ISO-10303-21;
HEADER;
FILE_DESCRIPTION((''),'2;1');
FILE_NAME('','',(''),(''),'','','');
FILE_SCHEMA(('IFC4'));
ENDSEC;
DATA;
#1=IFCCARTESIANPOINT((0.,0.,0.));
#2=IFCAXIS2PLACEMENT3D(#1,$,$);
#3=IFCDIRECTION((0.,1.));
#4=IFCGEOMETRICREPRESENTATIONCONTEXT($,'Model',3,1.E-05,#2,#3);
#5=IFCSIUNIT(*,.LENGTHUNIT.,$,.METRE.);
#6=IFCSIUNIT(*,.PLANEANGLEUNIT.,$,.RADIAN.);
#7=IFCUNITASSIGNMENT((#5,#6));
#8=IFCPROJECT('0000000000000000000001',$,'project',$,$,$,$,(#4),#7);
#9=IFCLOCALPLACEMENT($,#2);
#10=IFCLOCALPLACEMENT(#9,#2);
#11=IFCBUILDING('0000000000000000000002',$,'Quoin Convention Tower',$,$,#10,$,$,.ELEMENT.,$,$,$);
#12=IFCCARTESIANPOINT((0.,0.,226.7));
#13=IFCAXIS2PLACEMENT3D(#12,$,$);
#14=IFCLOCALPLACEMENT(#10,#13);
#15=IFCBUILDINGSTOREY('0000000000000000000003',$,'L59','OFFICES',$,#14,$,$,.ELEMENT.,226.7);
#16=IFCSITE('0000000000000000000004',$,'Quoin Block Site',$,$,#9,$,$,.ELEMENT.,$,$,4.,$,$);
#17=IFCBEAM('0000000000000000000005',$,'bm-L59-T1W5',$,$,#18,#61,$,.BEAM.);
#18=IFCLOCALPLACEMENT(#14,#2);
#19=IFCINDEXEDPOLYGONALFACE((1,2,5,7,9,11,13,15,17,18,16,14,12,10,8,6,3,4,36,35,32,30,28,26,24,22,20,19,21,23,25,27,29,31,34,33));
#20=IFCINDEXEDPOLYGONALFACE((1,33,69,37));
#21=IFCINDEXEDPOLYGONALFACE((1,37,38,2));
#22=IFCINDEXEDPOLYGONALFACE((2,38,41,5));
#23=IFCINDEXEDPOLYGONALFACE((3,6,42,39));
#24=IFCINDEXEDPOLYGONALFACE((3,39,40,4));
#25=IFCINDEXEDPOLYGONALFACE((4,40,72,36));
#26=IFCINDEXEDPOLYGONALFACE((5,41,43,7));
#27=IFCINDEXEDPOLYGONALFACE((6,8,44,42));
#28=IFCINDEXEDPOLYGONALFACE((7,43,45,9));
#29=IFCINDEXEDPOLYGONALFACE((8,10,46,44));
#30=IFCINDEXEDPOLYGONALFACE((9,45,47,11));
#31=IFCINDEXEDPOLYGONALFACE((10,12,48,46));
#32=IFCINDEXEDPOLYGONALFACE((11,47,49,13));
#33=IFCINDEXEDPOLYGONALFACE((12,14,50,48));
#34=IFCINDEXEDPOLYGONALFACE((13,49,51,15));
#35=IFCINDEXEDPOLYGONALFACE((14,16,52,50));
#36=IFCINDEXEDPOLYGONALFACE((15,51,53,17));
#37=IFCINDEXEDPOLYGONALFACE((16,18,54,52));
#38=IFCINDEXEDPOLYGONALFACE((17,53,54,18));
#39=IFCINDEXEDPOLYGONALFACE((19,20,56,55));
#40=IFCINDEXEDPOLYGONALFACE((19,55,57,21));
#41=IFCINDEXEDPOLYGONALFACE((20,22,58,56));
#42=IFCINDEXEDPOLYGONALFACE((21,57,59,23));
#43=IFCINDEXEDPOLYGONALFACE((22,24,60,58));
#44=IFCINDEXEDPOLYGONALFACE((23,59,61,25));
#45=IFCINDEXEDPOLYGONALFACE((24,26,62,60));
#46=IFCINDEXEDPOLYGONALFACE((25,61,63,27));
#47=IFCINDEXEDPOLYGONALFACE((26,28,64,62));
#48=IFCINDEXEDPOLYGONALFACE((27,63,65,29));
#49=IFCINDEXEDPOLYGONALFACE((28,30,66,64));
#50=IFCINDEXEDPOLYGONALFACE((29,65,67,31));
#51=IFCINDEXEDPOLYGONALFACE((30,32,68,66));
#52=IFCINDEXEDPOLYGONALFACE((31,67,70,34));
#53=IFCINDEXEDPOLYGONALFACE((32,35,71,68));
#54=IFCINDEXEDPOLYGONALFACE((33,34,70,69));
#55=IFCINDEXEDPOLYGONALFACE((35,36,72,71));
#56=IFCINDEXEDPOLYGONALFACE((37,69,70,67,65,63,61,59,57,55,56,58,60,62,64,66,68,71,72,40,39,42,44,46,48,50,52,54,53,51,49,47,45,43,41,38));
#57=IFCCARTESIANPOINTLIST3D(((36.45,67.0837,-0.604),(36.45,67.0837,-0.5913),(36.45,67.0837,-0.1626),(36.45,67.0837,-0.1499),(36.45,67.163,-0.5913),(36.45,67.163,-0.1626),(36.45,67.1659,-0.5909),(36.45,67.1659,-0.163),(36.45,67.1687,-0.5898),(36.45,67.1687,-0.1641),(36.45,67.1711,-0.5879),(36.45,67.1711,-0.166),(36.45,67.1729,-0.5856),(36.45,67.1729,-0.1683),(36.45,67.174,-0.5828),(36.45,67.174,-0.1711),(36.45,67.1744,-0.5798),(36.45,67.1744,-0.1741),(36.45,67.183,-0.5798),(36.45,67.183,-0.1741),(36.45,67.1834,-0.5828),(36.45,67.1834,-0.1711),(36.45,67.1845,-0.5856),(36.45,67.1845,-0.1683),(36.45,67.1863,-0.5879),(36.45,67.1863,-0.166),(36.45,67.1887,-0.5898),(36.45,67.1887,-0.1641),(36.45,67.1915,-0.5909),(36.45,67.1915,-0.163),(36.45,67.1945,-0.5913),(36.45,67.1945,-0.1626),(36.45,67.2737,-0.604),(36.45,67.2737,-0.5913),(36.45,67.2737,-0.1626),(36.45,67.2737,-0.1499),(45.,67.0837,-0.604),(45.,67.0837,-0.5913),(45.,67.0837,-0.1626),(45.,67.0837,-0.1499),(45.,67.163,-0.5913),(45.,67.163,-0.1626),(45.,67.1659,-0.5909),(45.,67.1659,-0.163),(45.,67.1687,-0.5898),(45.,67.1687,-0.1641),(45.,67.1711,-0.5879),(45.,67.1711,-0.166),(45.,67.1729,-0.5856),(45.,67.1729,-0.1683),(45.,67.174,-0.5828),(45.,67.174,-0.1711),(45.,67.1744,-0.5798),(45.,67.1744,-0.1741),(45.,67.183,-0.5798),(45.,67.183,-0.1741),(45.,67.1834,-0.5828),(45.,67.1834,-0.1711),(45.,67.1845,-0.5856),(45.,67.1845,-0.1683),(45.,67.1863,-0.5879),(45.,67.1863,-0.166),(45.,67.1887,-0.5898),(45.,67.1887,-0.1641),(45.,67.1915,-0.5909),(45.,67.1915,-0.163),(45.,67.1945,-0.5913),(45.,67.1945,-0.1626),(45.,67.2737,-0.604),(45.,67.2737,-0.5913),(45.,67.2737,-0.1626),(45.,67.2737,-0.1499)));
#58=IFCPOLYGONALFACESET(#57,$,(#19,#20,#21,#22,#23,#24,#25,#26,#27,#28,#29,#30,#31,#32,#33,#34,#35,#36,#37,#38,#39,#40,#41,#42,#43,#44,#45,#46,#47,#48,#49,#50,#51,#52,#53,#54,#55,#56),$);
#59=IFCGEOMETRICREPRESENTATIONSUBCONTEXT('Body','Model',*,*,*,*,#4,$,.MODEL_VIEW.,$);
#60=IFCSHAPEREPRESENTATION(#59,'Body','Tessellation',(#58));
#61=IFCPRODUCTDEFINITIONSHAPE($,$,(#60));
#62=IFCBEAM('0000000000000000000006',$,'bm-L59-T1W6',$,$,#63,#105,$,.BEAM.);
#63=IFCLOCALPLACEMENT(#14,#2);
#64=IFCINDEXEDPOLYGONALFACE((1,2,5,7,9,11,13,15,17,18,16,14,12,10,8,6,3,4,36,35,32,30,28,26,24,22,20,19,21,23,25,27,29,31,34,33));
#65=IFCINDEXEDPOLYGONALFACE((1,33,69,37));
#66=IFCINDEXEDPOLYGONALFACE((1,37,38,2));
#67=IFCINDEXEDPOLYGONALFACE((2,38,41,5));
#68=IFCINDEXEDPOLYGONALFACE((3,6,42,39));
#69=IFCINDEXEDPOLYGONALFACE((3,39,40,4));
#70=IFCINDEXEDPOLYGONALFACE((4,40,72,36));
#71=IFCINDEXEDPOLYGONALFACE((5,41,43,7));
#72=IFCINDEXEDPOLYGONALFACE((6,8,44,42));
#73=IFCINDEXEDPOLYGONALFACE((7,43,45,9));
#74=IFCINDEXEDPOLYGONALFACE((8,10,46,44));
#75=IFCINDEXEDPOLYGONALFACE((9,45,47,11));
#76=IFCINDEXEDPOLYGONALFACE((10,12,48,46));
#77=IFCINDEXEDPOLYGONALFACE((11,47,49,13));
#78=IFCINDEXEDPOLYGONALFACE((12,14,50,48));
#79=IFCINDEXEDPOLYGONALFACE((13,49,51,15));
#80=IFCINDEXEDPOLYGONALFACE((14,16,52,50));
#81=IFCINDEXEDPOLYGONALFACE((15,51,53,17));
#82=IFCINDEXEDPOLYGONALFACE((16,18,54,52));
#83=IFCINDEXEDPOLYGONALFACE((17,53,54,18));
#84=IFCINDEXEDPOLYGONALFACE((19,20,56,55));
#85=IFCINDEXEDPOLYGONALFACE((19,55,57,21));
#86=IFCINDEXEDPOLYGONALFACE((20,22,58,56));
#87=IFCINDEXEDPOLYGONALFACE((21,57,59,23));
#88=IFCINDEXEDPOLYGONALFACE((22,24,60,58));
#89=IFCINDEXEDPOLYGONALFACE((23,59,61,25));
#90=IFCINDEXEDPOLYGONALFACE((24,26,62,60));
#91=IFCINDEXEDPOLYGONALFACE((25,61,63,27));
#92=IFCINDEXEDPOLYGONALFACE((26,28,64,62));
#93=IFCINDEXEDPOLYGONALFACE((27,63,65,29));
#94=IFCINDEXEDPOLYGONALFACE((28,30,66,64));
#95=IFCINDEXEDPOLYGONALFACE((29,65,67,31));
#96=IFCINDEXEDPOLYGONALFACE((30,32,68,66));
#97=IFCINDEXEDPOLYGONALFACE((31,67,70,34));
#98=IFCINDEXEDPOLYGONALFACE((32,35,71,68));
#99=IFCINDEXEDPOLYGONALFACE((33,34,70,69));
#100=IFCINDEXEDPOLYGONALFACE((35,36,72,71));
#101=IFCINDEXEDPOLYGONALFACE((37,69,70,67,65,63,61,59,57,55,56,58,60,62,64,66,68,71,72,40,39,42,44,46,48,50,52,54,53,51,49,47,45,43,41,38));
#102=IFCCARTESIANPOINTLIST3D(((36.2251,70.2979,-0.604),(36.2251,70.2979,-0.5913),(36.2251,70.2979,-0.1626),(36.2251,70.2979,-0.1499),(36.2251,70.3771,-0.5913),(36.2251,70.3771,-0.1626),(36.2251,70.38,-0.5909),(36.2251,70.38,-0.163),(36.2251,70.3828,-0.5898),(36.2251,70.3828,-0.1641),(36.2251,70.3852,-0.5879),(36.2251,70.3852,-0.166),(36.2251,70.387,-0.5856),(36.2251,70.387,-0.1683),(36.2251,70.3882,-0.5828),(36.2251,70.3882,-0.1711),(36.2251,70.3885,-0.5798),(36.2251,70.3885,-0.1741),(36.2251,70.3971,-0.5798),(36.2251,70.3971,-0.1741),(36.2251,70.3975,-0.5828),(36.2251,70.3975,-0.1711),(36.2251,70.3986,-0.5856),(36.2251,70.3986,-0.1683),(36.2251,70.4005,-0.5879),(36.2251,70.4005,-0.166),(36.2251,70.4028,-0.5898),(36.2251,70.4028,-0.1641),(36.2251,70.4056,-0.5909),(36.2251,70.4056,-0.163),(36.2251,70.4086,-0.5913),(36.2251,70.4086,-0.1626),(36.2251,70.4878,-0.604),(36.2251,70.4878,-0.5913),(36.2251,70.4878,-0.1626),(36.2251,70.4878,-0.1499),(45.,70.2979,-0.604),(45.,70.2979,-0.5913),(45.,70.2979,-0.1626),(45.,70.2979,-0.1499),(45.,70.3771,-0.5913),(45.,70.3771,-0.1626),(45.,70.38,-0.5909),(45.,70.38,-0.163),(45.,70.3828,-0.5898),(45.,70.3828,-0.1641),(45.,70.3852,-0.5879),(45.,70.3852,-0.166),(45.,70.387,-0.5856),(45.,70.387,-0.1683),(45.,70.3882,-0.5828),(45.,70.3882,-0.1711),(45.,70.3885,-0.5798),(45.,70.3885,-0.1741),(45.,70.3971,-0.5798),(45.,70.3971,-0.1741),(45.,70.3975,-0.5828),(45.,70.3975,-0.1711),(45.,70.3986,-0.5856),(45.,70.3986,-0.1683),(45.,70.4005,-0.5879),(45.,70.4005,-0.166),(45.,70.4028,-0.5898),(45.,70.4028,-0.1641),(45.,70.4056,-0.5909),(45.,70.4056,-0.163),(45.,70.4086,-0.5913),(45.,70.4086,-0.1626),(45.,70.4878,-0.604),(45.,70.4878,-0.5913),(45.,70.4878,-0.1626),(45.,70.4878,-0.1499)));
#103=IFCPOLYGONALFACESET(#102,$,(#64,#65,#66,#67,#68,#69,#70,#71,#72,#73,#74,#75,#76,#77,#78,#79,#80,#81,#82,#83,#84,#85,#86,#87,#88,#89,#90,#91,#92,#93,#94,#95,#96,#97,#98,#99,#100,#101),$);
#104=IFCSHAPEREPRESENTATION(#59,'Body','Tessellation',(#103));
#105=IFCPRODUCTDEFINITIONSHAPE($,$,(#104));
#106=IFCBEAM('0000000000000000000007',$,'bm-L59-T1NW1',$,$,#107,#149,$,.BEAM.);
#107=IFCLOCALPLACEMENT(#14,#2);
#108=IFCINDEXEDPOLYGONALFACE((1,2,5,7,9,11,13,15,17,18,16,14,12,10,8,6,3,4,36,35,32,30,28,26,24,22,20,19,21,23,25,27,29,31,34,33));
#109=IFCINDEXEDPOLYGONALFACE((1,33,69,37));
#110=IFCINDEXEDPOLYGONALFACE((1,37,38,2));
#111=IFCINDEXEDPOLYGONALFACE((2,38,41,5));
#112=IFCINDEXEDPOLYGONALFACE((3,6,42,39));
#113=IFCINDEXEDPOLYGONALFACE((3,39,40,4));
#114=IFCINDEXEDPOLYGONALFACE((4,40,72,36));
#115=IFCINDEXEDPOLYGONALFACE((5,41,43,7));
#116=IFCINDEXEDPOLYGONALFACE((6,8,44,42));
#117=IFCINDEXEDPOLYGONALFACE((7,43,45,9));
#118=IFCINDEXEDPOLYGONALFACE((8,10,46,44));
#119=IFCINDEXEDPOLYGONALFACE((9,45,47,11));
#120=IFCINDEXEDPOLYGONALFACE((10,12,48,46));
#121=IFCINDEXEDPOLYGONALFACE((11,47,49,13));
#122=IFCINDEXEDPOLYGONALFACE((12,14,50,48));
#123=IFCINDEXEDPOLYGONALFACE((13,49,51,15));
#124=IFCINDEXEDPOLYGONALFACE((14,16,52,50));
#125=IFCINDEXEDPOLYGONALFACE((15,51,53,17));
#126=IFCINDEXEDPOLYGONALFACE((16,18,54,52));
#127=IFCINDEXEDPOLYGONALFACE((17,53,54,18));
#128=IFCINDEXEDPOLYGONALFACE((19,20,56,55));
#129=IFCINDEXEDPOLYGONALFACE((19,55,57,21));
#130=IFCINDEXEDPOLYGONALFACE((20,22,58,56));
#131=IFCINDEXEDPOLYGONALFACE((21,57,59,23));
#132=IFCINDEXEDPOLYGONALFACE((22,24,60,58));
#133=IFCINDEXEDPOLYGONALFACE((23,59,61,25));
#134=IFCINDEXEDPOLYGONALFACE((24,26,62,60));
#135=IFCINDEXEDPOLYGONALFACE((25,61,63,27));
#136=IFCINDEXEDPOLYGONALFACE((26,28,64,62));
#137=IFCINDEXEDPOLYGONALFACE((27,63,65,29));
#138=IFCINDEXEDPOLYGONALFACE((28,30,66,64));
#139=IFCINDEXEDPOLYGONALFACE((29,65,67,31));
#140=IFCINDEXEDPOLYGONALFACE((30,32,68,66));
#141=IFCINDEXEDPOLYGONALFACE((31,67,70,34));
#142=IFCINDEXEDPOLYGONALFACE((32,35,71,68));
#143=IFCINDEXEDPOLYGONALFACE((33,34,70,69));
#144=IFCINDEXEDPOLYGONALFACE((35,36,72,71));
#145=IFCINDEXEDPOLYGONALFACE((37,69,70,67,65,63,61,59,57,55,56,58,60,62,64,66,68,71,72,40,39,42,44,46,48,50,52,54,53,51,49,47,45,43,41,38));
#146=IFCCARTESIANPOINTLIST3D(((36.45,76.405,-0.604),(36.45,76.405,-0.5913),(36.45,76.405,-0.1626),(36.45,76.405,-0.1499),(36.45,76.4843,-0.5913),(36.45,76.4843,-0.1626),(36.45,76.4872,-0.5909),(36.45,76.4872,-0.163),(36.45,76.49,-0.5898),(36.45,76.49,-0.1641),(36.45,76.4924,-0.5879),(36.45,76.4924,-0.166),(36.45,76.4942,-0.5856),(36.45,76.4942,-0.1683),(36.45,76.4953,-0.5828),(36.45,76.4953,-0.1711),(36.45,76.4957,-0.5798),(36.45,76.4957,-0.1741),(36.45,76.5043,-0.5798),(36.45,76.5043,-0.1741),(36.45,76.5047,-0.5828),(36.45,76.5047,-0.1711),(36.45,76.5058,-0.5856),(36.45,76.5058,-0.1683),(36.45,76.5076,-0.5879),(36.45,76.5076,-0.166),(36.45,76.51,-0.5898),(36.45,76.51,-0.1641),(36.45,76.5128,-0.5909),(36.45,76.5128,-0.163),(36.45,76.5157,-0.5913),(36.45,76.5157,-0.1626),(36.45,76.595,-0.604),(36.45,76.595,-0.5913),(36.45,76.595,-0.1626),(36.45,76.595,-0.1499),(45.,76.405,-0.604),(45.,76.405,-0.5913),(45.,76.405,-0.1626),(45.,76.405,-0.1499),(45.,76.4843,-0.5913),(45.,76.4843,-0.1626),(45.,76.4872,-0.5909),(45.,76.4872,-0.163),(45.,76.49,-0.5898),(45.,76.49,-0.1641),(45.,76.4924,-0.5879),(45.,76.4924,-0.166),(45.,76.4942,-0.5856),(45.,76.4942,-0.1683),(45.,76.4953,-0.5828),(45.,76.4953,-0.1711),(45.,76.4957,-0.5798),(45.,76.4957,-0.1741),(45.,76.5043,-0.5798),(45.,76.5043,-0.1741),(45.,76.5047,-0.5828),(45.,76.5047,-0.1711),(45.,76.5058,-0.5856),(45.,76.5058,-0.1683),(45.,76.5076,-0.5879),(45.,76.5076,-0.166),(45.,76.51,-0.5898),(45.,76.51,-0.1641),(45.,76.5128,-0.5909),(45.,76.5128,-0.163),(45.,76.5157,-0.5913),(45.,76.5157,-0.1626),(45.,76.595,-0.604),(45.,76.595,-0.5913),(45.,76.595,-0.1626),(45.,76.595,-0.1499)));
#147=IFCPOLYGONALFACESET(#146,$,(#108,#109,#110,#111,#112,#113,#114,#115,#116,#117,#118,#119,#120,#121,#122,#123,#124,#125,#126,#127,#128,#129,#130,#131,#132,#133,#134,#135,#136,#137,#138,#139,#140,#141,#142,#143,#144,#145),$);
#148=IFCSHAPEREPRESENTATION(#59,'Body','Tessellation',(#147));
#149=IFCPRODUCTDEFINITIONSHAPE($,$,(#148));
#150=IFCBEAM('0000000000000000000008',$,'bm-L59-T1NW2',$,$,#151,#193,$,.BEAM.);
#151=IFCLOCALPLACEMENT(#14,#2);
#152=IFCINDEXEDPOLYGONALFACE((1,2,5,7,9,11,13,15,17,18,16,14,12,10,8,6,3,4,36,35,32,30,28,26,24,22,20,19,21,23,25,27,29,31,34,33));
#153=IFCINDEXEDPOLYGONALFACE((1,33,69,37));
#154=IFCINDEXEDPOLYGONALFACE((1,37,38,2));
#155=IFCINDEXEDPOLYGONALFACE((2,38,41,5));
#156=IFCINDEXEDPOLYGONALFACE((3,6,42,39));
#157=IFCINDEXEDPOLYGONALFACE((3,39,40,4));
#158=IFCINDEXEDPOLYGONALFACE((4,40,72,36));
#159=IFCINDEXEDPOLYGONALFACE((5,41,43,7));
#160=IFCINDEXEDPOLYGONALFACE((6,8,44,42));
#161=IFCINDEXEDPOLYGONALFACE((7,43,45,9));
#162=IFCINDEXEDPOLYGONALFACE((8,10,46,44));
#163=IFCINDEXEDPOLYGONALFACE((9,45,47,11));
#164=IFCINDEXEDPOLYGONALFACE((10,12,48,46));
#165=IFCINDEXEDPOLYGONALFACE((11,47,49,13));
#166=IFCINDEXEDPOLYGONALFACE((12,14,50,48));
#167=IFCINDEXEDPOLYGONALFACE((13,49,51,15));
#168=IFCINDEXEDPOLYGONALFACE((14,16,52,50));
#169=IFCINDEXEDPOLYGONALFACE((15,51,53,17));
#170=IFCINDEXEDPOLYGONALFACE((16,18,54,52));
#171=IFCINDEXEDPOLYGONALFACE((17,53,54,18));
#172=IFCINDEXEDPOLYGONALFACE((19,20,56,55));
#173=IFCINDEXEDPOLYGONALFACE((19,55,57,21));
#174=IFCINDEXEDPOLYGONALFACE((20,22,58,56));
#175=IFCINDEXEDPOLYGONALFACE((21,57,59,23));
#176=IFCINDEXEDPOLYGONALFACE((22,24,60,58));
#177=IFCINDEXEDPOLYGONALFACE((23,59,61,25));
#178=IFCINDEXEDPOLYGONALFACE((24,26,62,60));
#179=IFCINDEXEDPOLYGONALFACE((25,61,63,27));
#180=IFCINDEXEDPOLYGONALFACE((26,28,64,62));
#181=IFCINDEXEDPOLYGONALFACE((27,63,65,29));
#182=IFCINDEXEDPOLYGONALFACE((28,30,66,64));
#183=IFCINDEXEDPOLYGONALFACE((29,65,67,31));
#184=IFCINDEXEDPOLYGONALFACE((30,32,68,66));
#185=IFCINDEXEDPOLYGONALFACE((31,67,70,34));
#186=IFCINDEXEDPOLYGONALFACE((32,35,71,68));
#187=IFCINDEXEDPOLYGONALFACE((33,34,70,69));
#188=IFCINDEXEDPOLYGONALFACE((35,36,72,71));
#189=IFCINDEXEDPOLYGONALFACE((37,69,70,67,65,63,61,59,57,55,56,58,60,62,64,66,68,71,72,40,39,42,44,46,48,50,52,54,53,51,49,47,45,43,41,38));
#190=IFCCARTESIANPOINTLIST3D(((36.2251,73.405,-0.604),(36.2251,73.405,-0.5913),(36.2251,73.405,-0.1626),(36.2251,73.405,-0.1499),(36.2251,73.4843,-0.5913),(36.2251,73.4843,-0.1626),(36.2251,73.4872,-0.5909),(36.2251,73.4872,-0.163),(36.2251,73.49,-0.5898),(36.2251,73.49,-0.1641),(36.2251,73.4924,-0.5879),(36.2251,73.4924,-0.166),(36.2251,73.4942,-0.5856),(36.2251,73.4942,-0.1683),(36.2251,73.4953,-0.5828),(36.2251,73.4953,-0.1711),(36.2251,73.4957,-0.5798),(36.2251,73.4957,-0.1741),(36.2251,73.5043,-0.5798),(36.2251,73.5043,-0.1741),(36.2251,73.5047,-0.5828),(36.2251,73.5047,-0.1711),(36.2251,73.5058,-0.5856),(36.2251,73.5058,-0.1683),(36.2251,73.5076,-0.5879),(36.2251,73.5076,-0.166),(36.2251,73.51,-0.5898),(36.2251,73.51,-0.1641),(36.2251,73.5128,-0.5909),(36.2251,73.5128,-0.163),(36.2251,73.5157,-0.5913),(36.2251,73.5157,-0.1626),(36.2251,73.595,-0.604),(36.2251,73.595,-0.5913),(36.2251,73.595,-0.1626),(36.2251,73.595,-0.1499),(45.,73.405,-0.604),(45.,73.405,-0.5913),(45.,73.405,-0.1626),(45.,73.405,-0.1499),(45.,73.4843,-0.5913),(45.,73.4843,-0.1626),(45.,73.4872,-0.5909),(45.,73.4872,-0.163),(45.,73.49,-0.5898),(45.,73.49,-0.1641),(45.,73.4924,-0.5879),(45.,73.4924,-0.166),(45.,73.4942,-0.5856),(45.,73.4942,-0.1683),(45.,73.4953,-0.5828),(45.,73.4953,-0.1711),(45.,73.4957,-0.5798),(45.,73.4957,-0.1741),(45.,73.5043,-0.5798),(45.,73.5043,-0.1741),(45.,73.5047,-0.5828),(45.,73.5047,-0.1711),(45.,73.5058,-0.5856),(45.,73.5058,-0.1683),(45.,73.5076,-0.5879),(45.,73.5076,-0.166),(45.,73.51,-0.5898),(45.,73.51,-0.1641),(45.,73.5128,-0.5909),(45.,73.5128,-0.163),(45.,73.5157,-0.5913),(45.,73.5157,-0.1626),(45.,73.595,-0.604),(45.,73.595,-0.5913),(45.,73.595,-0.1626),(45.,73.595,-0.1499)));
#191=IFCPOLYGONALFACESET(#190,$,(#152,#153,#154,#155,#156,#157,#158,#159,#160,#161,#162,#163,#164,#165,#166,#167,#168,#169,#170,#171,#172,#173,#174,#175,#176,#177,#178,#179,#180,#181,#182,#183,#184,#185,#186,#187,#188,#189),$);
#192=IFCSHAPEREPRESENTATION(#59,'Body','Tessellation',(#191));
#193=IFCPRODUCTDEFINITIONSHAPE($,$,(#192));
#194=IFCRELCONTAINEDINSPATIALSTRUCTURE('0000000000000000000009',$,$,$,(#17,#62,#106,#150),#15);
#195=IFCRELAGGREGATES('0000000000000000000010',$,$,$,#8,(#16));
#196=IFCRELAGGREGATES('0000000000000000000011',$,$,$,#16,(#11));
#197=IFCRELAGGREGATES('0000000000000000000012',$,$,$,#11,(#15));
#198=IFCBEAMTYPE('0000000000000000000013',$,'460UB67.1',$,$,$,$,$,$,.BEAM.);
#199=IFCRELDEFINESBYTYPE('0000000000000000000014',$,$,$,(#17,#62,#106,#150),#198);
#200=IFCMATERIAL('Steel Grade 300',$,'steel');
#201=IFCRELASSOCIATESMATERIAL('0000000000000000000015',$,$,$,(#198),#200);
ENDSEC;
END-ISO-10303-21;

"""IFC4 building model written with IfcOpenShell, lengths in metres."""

from ifc_helpers import new_model, si_unit, direction, frame, origin, origin_2d, place, context, subcontext, project, spatial, i_section, extrude, material, material_profile, profile_set, type_object, element, save


model = new_model("IFC4")

# Units and contexts
model_context = context("Model", 3, precision=1e-05, world=origin(), true_north=direction((0.0, 1.0)))
body_context = subcontext(model_context, "Body", "Model", "MODEL_VIEW")
ifc_project = project(units=[si_unit("LENGTHUNIT", "METRE"), si_unit("PLANEANGLEUNIT", "RADIAN")], contexts=[model_context])

# Site, building, storey
site_placement = place(None, origin())
site = spatial("IfcSite", under=ifc_project, at=site_placement, Name="Quoin Block Site", CompositionType="ELEMENT", RefElevation=4.0)
building_placement = place(site_placement, origin())
building = spatial("IfcBuilding", under=site, at=building_placement, Name="Quoin Convention Tower", CompositionType="ELEMENT")
storey_placement = place(building_placement, frame((0.0, 0.0, 226.7)))
storey = spatial("IfcBuildingStorey", under=building, at=storey_placement, Name="L59", Description="OFFICES", CompositionType="ELEMENT", Elevation=226.7)

# Beams
ifc_material_1 = material(Name="Steel Grade 300", Category="steel")
ifc_material_profile_1 = material_profile(ifc_material_1, i_section(OverallWidth=0.1899, OverallDepth=0.4541, WebThickness=0.0085, FlangeThickness=0.0127, FilletRadius=0.0115, at=origin_2d()), Name="460UB67.1")
ifc_profile_set_1 = profile_set([ifc_material_profile_1], Name="Steel Grade 300")
beam_type_1 = type_object("IfcBeamType", Name="460UB67.1", PredefinedType="BEAM", material=ifc_profile_set_1)
beam_1_placement = place(storey_placement, frame((36.45, 67.1787, -0.377), z_axis=(1.0, 0.0, 0.0), x_axis=(0.0, 1.0, 0.0)))
element("IfcBeam", 1, at=beam_1_placement, inside=storey, type_object=beam_type_1, Name="bm-L59-T1W5", PredefinedType="BEAM", context=body_context, shape_type="SweptSolid", body=[
    extrude(i_section(OverallWidth=0.1899, OverallDepth=0.4541, WebThickness=0.0085, FlangeThickness=0.0127, FilletRadius=0.0115, at=origin_2d()), origin(), (0.0, 0.0, 1.0), 8.55),
])
beam_2_placement = place(storey_placement, frame((36.2251, 70.3928, -0.377), z_axis=(1.0, 0.0, 0.0), x_axis=(0.0, 1.0, 0.0)))
element("IfcBeam", 2, at=beam_2_placement, inside=storey, type_object=beam_type_1, Name="bm-L59-T1W6", PredefinedType="BEAM", context=body_context, shape_type="SweptSolid", body=[
    extrude(i_section(OverallWidth=0.1899, OverallDepth=0.4541, WebThickness=0.0085, FlangeThickness=0.0127, FilletRadius=0.0115, at=origin_2d()), origin(), (0.0, 0.0, 1.0), 8.7749),
])
beam_3_placement = place(storey_placement, frame((36.45, 76.5, -0.377), z_axis=(1.0, 0.0, 0.0), x_axis=(0.0, 1.0, 0.0)))
element("IfcBeam", 3, at=beam_3_placement, inside=storey, type_object=beam_type_1, Name="bm-L59-T1NW1", PredefinedType="BEAM", context=body_context, shape_type="SweptSolid", body=[
    extrude(i_section(OverallWidth=0.1899, OverallDepth=0.4541, WebThickness=0.0085, FlangeThickness=0.0127, FilletRadius=0.0115, at=origin_2d()), origin(), (0.0, 0.0, 1.0), 8.55),
])
beam_4_placement = place(storey_placement, frame((36.2251, 73.5, -0.377), z_axis=(1.0, 0.0, 0.0), x_axis=(0.0, 1.0, 0.0)))
element("IfcBeam", 4, at=beam_4_placement, inside=storey, type_object=beam_type_1, Name="bm-L59-T1NW2", PredefinedType="BEAM", context=body_context, shape_type="SweptSolid", body=[
    extrude(i_section(OverallWidth=0.1899, OverallDepth=0.4541, WebThickness=0.0085, FlangeThickness=0.0127, FilletRadius=0.0115, at=origin_2d()), origin(), (0.0, 0.0, 1.0), 8.7749),
])

save(model, "model.ifc")
